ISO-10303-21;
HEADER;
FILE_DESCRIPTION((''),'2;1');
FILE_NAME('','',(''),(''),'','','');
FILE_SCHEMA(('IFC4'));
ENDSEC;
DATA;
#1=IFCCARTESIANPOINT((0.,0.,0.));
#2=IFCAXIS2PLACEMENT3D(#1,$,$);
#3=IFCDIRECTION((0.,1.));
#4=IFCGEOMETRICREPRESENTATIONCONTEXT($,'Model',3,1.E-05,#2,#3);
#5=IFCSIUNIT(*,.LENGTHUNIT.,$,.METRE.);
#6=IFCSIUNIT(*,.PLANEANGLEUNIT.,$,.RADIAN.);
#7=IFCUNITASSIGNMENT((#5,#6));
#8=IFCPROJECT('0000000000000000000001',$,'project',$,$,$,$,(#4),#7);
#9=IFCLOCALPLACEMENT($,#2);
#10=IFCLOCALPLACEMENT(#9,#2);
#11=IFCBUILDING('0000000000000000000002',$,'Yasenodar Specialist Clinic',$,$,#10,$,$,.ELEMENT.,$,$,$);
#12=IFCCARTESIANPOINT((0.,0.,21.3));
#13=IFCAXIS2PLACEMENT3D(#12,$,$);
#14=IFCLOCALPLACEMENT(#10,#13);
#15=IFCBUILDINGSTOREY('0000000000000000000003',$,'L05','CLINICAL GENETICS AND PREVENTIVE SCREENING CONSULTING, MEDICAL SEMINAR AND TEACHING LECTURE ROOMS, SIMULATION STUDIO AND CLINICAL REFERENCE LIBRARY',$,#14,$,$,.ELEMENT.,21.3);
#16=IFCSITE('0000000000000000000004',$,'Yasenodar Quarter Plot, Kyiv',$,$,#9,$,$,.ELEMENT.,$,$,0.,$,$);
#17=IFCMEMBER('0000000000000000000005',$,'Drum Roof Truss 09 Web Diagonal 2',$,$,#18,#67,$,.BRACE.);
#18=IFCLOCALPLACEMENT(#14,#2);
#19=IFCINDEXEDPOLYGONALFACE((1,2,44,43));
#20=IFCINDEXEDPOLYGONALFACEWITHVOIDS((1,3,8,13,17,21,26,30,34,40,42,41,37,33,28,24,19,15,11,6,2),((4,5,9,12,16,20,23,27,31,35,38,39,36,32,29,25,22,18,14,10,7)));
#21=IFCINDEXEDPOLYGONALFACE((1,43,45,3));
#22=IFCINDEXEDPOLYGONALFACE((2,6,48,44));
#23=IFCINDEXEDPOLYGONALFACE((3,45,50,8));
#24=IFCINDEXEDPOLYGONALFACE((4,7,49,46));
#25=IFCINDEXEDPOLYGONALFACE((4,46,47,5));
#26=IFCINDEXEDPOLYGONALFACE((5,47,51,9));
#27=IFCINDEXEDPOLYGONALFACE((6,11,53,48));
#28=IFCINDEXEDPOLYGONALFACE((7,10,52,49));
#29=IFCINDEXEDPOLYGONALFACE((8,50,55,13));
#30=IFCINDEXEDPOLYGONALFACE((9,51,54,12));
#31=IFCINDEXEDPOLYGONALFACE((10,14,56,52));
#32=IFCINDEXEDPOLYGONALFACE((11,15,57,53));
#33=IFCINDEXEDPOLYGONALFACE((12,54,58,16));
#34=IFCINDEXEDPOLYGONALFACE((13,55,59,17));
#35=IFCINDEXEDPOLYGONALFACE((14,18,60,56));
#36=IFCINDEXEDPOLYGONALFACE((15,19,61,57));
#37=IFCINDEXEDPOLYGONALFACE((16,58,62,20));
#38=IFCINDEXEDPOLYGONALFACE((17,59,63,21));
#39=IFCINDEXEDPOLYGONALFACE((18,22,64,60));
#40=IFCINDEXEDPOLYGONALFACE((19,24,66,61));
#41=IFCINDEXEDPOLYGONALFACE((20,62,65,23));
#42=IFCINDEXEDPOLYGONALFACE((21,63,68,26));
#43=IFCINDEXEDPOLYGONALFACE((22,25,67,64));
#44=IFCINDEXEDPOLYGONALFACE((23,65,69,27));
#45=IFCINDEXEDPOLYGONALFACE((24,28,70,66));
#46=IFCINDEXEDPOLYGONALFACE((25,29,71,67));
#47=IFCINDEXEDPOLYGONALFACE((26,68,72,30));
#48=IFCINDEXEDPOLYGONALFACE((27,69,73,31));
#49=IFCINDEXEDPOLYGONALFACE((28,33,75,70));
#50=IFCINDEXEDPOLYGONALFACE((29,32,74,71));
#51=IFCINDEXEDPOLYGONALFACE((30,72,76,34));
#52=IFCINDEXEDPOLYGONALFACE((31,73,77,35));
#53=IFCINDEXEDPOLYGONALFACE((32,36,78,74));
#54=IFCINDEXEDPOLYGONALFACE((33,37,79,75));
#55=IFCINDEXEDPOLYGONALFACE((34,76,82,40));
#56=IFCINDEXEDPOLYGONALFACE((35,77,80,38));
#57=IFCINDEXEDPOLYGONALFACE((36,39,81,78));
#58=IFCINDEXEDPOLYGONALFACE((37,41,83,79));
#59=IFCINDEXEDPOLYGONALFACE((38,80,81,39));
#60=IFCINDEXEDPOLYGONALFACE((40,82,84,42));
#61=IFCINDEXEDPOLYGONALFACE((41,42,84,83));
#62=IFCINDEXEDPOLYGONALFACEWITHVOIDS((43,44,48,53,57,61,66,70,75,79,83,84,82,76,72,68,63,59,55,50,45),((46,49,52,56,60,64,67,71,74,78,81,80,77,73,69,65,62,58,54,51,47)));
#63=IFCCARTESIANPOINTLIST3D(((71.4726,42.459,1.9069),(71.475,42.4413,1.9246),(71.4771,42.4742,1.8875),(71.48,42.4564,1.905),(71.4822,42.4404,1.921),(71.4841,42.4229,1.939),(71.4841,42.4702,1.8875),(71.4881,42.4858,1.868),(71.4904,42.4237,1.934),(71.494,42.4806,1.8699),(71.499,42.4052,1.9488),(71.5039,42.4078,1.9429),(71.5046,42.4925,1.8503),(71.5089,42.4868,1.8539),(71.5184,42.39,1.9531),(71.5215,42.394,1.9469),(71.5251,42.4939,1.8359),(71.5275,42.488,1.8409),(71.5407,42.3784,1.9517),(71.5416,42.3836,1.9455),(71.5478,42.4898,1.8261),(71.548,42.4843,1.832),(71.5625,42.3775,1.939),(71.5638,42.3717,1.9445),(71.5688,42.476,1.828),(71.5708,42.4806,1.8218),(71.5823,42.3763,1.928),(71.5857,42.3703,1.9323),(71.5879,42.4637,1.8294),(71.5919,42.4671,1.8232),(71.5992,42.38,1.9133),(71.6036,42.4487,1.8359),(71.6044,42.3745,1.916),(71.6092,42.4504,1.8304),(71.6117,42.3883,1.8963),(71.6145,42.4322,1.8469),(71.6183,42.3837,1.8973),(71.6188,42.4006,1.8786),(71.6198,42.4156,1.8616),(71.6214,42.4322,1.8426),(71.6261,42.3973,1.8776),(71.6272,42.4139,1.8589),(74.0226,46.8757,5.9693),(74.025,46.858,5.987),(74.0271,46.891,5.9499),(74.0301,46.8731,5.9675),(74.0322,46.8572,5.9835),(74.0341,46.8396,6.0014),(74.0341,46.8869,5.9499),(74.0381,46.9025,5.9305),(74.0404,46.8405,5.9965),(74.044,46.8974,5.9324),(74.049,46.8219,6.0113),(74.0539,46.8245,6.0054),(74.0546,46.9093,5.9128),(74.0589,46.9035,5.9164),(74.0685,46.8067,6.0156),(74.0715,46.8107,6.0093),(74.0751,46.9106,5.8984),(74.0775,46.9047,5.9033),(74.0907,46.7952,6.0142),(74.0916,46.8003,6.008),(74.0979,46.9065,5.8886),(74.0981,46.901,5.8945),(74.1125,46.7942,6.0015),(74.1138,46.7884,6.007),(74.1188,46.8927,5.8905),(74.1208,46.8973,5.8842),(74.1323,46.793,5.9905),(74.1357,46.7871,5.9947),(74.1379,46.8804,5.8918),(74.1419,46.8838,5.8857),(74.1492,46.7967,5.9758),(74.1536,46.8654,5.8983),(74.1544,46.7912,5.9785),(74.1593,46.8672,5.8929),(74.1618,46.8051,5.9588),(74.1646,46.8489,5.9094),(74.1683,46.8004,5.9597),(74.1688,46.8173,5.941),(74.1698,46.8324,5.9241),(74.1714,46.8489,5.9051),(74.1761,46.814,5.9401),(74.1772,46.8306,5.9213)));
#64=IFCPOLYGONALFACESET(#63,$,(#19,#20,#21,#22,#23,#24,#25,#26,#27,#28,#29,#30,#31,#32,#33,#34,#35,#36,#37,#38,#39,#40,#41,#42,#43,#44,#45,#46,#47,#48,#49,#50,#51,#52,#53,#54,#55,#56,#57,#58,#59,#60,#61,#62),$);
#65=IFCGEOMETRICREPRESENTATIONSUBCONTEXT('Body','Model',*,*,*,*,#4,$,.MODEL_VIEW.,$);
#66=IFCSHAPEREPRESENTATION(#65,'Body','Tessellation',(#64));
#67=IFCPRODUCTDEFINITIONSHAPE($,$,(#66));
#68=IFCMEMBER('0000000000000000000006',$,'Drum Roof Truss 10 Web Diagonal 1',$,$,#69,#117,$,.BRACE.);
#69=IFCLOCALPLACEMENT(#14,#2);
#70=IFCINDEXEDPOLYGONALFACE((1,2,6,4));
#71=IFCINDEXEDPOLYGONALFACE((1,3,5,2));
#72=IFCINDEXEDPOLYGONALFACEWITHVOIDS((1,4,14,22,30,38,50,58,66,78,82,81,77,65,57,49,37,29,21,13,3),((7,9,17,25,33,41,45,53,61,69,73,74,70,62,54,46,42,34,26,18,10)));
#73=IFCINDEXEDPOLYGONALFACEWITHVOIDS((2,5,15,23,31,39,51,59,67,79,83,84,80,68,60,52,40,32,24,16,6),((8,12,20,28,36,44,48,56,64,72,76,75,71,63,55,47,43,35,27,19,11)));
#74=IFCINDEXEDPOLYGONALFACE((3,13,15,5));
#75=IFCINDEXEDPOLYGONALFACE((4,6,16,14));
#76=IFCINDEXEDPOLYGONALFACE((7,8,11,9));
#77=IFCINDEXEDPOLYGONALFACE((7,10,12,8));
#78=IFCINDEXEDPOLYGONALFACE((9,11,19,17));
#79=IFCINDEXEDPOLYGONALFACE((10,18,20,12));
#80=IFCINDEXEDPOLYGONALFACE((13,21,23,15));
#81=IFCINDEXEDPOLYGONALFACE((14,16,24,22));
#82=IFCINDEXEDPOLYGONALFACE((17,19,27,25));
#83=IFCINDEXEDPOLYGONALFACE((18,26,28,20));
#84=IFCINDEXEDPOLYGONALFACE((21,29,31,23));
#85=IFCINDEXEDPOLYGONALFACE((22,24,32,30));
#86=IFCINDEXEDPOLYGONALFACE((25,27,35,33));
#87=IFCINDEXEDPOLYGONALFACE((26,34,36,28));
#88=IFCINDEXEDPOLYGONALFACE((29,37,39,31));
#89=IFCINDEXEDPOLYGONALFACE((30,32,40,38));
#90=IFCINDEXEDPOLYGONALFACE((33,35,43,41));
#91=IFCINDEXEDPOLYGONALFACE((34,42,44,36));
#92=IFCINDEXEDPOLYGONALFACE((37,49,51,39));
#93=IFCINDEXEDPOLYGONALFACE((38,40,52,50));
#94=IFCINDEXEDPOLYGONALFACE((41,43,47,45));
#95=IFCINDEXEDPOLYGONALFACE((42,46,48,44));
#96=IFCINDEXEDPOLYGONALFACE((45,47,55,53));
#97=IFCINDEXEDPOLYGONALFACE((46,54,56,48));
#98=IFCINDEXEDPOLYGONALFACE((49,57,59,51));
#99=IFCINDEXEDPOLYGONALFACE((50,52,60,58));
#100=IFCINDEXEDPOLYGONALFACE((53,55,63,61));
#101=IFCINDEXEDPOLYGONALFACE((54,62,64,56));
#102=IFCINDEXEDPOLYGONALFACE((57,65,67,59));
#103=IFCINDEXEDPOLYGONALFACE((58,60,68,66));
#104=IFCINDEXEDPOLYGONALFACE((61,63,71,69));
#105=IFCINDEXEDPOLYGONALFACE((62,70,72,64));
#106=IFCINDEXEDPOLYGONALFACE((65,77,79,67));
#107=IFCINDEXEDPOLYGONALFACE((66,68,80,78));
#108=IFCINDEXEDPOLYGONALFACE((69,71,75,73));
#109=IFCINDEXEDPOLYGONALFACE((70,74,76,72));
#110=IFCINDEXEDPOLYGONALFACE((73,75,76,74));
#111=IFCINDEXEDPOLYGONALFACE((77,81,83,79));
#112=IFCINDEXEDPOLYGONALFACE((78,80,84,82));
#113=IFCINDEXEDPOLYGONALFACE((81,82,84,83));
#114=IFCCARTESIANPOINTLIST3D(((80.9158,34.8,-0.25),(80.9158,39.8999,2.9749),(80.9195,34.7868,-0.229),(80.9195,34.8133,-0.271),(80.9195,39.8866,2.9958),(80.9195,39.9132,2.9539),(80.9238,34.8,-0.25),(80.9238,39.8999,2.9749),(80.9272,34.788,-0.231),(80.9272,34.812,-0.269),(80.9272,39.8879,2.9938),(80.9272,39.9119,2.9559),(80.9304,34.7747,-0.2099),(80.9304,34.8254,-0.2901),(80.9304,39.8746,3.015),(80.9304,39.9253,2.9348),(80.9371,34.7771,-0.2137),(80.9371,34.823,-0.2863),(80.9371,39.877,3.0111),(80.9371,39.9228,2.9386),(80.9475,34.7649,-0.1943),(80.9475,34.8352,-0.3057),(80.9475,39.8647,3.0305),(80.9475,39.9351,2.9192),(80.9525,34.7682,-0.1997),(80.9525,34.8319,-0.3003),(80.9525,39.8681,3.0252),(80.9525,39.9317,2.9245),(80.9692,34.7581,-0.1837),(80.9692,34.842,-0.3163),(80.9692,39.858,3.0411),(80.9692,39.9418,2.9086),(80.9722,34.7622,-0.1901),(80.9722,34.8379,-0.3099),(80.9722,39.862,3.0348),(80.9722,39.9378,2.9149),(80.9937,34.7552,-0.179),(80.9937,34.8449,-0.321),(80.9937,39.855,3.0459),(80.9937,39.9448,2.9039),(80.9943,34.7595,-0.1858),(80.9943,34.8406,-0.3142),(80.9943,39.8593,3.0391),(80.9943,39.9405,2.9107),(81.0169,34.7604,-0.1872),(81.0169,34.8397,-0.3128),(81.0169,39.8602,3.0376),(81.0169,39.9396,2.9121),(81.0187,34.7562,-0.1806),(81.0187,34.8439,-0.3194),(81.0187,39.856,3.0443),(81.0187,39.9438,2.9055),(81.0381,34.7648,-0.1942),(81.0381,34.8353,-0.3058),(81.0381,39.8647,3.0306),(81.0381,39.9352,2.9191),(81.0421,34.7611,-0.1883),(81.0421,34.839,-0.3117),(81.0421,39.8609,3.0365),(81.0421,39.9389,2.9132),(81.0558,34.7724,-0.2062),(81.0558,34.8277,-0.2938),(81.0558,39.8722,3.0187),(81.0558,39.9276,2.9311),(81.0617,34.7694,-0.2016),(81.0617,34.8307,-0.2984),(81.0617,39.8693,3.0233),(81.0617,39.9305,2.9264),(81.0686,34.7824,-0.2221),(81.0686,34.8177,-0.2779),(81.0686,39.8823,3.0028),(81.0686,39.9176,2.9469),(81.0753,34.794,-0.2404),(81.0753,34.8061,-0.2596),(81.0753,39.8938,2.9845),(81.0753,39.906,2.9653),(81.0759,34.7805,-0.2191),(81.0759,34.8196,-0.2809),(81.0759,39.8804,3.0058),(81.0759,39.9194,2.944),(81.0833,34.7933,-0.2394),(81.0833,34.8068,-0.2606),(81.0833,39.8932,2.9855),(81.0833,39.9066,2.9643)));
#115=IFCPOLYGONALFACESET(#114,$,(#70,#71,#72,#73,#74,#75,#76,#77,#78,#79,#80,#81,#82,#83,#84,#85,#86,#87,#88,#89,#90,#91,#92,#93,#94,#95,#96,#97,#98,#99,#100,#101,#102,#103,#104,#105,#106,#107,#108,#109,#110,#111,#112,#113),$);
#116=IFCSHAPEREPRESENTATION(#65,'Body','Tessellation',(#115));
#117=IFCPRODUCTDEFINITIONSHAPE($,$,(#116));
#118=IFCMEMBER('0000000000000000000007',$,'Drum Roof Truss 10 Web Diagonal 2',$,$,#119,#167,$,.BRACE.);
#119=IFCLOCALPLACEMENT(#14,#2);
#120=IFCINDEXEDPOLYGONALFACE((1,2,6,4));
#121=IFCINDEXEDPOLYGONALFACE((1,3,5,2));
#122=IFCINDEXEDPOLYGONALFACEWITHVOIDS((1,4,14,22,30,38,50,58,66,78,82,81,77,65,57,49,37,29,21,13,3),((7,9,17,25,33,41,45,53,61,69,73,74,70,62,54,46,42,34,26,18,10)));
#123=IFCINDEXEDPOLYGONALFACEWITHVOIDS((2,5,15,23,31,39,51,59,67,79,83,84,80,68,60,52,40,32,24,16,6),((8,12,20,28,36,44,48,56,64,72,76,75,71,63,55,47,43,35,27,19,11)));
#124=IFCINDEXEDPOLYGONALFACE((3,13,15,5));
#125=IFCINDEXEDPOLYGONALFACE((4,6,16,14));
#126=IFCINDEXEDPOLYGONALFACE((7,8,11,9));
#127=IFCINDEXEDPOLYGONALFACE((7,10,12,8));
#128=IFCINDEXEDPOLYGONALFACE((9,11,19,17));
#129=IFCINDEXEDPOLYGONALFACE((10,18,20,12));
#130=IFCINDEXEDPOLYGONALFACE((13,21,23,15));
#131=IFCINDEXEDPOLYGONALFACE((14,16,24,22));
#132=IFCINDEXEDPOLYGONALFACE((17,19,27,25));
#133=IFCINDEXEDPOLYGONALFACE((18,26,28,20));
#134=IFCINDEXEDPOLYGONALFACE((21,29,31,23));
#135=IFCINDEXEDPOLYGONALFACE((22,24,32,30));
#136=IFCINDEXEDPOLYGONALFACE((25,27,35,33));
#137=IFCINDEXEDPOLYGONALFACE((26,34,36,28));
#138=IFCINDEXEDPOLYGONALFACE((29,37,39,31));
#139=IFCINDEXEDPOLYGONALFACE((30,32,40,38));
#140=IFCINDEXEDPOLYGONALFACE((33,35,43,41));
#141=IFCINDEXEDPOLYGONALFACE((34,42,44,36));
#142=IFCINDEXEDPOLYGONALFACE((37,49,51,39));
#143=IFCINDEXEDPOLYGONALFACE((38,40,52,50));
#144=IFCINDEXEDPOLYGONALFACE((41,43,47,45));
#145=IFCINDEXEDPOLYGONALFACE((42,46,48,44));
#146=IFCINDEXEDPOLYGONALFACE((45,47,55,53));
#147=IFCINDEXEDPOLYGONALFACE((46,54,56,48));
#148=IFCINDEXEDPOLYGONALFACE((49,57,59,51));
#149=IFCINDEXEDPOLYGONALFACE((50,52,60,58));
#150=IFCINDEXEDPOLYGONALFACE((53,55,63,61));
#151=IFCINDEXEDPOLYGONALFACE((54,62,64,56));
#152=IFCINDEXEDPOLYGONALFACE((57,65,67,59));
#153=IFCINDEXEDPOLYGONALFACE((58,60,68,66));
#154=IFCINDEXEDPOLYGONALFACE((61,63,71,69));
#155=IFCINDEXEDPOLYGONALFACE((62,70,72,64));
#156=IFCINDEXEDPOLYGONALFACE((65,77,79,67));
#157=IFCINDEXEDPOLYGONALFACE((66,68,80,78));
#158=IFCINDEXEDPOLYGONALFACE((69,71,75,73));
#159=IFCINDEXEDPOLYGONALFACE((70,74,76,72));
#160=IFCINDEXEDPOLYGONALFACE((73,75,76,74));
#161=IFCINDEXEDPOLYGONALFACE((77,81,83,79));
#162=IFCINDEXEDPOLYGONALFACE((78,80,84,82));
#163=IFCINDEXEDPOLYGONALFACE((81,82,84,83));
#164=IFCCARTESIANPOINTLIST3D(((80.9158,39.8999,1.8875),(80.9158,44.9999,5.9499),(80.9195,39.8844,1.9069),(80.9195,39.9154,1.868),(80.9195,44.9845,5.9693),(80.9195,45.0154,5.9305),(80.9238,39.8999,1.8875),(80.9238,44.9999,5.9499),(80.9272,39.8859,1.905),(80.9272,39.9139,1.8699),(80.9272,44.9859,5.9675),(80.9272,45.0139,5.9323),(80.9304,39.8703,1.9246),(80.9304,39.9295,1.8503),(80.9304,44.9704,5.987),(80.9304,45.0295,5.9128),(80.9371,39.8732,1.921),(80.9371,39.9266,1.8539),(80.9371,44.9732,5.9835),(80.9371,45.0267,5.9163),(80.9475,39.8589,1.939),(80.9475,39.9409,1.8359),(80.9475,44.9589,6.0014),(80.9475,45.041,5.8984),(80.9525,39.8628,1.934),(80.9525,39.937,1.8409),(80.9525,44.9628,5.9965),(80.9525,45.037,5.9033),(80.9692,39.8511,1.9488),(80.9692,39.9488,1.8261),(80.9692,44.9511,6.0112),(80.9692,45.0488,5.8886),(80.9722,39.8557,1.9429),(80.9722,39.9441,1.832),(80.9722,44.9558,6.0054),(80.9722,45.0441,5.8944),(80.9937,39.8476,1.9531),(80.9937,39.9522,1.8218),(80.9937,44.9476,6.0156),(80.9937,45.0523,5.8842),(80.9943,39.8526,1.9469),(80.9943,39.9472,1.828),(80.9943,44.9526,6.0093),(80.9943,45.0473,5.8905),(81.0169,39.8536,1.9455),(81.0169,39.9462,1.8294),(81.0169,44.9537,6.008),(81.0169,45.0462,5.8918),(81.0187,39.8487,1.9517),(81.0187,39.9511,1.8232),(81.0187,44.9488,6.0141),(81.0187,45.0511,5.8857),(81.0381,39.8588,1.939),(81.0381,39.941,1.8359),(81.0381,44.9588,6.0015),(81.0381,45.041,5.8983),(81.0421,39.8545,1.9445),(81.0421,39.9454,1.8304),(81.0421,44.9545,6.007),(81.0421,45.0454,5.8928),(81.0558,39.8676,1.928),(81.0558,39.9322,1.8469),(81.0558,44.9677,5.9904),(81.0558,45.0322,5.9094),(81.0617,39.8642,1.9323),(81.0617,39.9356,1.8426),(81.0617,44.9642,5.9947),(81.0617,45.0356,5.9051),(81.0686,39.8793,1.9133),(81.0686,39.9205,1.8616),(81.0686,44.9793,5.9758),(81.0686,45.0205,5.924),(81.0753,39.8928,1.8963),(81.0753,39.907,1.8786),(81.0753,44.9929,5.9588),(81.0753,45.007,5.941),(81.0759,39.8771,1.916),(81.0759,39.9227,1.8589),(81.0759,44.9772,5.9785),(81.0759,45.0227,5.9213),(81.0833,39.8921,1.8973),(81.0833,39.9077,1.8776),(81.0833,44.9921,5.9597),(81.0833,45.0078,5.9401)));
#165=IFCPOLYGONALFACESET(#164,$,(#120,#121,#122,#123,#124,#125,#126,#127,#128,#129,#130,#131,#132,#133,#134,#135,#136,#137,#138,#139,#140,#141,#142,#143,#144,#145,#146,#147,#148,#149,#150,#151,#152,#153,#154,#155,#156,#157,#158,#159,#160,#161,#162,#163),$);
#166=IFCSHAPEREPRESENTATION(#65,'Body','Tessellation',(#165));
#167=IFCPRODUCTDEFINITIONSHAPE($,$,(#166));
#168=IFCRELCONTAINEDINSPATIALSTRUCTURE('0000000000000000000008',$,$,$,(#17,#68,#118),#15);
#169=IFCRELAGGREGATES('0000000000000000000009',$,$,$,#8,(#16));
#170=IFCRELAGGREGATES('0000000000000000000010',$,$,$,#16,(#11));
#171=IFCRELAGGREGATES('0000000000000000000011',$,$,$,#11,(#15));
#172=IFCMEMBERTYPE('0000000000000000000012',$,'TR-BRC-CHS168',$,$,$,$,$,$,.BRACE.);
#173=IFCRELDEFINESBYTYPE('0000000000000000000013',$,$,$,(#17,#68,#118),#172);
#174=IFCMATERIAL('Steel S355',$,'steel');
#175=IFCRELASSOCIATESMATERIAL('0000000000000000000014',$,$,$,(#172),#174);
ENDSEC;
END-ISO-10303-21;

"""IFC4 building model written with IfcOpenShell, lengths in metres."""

from ifc_helpers import new_model, si_unit, direction, frame, origin, origin_2d, place, context, subcontext, project, spatial, hollow_circle, extrude, material, material_profile, profile_set, type_object, element, save


model = new_model("IFC4")

# Units and contexts
model_context = context("Model", 3, precision=1e-05, world=origin(), true_north=direction((0.0, 1.0)))
body_context = subcontext(model_context, "Body", "Model", "MODEL_VIEW")
ifc_project = project(units=[si_unit("LENGTHUNIT", "METRE"), si_unit("PLANEANGLEUNIT", "RADIAN")], contexts=[model_context])

# Site, building, storey
site_placement = place(None, origin())
site = spatial("IfcSite", under=ifc_project, at=site_placement, Name="Yasenodar Quarter Plot, Kyiv", CompositionType="ELEMENT", RefElevation=0.0)
building_placement = place(site_placement, origin())
building = spatial("IfcBuilding", under=site, at=building_placement, Name="Yasenodar Specialist Clinic", CompositionType="ELEMENT")
storey_placement = place(building_placement, frame((0.0, 0.0, 21.3)))
storey = spatial("IfcBuildingStorey", under=building, at=storey_placement, Name="L05", Description="CLINICAL GENETICS AND PREVENTIVE SCREENING CONSULTING, MEDICAL SEMINAR AND TEACHING LECTURE ROOMS, SIMULATION STUDIO AND CLINICAL REFERENCE LIBRARY", CompositionType="ELEMENT", Elevation=21.3)

# Members
ifc_material = material(Name="Steel S355", Category="steel")
ifc_material_profile_1 = material_profile(ifc_material, hollow_circle(Radius=0.0842, WallThickness=0.0081, at=origin_2d()), Name="CHS 168.3x8")
ifc_profile_set_1 = profile_set([ifc_material_profile_1], Name="Steel S355")
member_type_1 = type_object("IfcMemberType", Name="TR-BRC-CHS168", PredefinedType="BRACE", material=ifc_profile_set_1)
member_1_placement = place(storey_placement, frame((71.55, 42.4321, 1.8875), z_axis=(0.391094, 0.677384, 0.623054), x_axis=(-0.866022, 0.500006, 0.0)))
element("IfcMember", 1, at=member_1_placement, inside=storey, type_object=member_type_1, Name="Drum Roof Truss 09 Web Diagonal 2", PredefinedType="BRACE", context=body_context, shape_type="SweptSolid", body=[
    extrude(hollow_circle(Radius=0.0842, WallThickness=0.0081, at=origin_2d()), origin(), (0.0, 0.0, 1.0), 6.5203),
])
member_2_placement = place(storey_placement, frame((81.0, 34.8, -0.25), z_axis=(0.0, 0.845197, 0.534454), x_axis=(-1.0, 0.0, 0.0)))
element("IfcMember", 2, at=member_2_placement, inside=storey, type_object=member_type_1, Name="Drum Roof Truss 10 Web Diagonal 1", PredefinedType="BRACE", context=body_context, shape_type="SweptSolid", body=[
    extrude(hollow_circle(Radius=0.0842, WallThickness=0.0081, at=origin_2d()), origin(), (0.0, 0.0, 1.0), 6.0339),
])
member_3_placement = place(storey_placement, frame((81.0, 39.8999, 1.8875), z_axis=(0.0, 0.782182, 0.62305), x_axis=(-1.0, 0.0, 0.0)))
element("IfcMember", 3, at=member_3_placement, inside=storey, type_object=member_type_1, Name="Drum Roof Truss 10 Web Diagonal 2", PredefinedType="BRACE", context=body_context, shape_type="SweptSolid", body=[
    extrude(hollow_circle(Radius=0.0842, WallThickness=0.0081, at=origin_2d()), origin(), (0.0, 0.0, 1.0), 6.5203),
])

save(model, "model.ifc")
